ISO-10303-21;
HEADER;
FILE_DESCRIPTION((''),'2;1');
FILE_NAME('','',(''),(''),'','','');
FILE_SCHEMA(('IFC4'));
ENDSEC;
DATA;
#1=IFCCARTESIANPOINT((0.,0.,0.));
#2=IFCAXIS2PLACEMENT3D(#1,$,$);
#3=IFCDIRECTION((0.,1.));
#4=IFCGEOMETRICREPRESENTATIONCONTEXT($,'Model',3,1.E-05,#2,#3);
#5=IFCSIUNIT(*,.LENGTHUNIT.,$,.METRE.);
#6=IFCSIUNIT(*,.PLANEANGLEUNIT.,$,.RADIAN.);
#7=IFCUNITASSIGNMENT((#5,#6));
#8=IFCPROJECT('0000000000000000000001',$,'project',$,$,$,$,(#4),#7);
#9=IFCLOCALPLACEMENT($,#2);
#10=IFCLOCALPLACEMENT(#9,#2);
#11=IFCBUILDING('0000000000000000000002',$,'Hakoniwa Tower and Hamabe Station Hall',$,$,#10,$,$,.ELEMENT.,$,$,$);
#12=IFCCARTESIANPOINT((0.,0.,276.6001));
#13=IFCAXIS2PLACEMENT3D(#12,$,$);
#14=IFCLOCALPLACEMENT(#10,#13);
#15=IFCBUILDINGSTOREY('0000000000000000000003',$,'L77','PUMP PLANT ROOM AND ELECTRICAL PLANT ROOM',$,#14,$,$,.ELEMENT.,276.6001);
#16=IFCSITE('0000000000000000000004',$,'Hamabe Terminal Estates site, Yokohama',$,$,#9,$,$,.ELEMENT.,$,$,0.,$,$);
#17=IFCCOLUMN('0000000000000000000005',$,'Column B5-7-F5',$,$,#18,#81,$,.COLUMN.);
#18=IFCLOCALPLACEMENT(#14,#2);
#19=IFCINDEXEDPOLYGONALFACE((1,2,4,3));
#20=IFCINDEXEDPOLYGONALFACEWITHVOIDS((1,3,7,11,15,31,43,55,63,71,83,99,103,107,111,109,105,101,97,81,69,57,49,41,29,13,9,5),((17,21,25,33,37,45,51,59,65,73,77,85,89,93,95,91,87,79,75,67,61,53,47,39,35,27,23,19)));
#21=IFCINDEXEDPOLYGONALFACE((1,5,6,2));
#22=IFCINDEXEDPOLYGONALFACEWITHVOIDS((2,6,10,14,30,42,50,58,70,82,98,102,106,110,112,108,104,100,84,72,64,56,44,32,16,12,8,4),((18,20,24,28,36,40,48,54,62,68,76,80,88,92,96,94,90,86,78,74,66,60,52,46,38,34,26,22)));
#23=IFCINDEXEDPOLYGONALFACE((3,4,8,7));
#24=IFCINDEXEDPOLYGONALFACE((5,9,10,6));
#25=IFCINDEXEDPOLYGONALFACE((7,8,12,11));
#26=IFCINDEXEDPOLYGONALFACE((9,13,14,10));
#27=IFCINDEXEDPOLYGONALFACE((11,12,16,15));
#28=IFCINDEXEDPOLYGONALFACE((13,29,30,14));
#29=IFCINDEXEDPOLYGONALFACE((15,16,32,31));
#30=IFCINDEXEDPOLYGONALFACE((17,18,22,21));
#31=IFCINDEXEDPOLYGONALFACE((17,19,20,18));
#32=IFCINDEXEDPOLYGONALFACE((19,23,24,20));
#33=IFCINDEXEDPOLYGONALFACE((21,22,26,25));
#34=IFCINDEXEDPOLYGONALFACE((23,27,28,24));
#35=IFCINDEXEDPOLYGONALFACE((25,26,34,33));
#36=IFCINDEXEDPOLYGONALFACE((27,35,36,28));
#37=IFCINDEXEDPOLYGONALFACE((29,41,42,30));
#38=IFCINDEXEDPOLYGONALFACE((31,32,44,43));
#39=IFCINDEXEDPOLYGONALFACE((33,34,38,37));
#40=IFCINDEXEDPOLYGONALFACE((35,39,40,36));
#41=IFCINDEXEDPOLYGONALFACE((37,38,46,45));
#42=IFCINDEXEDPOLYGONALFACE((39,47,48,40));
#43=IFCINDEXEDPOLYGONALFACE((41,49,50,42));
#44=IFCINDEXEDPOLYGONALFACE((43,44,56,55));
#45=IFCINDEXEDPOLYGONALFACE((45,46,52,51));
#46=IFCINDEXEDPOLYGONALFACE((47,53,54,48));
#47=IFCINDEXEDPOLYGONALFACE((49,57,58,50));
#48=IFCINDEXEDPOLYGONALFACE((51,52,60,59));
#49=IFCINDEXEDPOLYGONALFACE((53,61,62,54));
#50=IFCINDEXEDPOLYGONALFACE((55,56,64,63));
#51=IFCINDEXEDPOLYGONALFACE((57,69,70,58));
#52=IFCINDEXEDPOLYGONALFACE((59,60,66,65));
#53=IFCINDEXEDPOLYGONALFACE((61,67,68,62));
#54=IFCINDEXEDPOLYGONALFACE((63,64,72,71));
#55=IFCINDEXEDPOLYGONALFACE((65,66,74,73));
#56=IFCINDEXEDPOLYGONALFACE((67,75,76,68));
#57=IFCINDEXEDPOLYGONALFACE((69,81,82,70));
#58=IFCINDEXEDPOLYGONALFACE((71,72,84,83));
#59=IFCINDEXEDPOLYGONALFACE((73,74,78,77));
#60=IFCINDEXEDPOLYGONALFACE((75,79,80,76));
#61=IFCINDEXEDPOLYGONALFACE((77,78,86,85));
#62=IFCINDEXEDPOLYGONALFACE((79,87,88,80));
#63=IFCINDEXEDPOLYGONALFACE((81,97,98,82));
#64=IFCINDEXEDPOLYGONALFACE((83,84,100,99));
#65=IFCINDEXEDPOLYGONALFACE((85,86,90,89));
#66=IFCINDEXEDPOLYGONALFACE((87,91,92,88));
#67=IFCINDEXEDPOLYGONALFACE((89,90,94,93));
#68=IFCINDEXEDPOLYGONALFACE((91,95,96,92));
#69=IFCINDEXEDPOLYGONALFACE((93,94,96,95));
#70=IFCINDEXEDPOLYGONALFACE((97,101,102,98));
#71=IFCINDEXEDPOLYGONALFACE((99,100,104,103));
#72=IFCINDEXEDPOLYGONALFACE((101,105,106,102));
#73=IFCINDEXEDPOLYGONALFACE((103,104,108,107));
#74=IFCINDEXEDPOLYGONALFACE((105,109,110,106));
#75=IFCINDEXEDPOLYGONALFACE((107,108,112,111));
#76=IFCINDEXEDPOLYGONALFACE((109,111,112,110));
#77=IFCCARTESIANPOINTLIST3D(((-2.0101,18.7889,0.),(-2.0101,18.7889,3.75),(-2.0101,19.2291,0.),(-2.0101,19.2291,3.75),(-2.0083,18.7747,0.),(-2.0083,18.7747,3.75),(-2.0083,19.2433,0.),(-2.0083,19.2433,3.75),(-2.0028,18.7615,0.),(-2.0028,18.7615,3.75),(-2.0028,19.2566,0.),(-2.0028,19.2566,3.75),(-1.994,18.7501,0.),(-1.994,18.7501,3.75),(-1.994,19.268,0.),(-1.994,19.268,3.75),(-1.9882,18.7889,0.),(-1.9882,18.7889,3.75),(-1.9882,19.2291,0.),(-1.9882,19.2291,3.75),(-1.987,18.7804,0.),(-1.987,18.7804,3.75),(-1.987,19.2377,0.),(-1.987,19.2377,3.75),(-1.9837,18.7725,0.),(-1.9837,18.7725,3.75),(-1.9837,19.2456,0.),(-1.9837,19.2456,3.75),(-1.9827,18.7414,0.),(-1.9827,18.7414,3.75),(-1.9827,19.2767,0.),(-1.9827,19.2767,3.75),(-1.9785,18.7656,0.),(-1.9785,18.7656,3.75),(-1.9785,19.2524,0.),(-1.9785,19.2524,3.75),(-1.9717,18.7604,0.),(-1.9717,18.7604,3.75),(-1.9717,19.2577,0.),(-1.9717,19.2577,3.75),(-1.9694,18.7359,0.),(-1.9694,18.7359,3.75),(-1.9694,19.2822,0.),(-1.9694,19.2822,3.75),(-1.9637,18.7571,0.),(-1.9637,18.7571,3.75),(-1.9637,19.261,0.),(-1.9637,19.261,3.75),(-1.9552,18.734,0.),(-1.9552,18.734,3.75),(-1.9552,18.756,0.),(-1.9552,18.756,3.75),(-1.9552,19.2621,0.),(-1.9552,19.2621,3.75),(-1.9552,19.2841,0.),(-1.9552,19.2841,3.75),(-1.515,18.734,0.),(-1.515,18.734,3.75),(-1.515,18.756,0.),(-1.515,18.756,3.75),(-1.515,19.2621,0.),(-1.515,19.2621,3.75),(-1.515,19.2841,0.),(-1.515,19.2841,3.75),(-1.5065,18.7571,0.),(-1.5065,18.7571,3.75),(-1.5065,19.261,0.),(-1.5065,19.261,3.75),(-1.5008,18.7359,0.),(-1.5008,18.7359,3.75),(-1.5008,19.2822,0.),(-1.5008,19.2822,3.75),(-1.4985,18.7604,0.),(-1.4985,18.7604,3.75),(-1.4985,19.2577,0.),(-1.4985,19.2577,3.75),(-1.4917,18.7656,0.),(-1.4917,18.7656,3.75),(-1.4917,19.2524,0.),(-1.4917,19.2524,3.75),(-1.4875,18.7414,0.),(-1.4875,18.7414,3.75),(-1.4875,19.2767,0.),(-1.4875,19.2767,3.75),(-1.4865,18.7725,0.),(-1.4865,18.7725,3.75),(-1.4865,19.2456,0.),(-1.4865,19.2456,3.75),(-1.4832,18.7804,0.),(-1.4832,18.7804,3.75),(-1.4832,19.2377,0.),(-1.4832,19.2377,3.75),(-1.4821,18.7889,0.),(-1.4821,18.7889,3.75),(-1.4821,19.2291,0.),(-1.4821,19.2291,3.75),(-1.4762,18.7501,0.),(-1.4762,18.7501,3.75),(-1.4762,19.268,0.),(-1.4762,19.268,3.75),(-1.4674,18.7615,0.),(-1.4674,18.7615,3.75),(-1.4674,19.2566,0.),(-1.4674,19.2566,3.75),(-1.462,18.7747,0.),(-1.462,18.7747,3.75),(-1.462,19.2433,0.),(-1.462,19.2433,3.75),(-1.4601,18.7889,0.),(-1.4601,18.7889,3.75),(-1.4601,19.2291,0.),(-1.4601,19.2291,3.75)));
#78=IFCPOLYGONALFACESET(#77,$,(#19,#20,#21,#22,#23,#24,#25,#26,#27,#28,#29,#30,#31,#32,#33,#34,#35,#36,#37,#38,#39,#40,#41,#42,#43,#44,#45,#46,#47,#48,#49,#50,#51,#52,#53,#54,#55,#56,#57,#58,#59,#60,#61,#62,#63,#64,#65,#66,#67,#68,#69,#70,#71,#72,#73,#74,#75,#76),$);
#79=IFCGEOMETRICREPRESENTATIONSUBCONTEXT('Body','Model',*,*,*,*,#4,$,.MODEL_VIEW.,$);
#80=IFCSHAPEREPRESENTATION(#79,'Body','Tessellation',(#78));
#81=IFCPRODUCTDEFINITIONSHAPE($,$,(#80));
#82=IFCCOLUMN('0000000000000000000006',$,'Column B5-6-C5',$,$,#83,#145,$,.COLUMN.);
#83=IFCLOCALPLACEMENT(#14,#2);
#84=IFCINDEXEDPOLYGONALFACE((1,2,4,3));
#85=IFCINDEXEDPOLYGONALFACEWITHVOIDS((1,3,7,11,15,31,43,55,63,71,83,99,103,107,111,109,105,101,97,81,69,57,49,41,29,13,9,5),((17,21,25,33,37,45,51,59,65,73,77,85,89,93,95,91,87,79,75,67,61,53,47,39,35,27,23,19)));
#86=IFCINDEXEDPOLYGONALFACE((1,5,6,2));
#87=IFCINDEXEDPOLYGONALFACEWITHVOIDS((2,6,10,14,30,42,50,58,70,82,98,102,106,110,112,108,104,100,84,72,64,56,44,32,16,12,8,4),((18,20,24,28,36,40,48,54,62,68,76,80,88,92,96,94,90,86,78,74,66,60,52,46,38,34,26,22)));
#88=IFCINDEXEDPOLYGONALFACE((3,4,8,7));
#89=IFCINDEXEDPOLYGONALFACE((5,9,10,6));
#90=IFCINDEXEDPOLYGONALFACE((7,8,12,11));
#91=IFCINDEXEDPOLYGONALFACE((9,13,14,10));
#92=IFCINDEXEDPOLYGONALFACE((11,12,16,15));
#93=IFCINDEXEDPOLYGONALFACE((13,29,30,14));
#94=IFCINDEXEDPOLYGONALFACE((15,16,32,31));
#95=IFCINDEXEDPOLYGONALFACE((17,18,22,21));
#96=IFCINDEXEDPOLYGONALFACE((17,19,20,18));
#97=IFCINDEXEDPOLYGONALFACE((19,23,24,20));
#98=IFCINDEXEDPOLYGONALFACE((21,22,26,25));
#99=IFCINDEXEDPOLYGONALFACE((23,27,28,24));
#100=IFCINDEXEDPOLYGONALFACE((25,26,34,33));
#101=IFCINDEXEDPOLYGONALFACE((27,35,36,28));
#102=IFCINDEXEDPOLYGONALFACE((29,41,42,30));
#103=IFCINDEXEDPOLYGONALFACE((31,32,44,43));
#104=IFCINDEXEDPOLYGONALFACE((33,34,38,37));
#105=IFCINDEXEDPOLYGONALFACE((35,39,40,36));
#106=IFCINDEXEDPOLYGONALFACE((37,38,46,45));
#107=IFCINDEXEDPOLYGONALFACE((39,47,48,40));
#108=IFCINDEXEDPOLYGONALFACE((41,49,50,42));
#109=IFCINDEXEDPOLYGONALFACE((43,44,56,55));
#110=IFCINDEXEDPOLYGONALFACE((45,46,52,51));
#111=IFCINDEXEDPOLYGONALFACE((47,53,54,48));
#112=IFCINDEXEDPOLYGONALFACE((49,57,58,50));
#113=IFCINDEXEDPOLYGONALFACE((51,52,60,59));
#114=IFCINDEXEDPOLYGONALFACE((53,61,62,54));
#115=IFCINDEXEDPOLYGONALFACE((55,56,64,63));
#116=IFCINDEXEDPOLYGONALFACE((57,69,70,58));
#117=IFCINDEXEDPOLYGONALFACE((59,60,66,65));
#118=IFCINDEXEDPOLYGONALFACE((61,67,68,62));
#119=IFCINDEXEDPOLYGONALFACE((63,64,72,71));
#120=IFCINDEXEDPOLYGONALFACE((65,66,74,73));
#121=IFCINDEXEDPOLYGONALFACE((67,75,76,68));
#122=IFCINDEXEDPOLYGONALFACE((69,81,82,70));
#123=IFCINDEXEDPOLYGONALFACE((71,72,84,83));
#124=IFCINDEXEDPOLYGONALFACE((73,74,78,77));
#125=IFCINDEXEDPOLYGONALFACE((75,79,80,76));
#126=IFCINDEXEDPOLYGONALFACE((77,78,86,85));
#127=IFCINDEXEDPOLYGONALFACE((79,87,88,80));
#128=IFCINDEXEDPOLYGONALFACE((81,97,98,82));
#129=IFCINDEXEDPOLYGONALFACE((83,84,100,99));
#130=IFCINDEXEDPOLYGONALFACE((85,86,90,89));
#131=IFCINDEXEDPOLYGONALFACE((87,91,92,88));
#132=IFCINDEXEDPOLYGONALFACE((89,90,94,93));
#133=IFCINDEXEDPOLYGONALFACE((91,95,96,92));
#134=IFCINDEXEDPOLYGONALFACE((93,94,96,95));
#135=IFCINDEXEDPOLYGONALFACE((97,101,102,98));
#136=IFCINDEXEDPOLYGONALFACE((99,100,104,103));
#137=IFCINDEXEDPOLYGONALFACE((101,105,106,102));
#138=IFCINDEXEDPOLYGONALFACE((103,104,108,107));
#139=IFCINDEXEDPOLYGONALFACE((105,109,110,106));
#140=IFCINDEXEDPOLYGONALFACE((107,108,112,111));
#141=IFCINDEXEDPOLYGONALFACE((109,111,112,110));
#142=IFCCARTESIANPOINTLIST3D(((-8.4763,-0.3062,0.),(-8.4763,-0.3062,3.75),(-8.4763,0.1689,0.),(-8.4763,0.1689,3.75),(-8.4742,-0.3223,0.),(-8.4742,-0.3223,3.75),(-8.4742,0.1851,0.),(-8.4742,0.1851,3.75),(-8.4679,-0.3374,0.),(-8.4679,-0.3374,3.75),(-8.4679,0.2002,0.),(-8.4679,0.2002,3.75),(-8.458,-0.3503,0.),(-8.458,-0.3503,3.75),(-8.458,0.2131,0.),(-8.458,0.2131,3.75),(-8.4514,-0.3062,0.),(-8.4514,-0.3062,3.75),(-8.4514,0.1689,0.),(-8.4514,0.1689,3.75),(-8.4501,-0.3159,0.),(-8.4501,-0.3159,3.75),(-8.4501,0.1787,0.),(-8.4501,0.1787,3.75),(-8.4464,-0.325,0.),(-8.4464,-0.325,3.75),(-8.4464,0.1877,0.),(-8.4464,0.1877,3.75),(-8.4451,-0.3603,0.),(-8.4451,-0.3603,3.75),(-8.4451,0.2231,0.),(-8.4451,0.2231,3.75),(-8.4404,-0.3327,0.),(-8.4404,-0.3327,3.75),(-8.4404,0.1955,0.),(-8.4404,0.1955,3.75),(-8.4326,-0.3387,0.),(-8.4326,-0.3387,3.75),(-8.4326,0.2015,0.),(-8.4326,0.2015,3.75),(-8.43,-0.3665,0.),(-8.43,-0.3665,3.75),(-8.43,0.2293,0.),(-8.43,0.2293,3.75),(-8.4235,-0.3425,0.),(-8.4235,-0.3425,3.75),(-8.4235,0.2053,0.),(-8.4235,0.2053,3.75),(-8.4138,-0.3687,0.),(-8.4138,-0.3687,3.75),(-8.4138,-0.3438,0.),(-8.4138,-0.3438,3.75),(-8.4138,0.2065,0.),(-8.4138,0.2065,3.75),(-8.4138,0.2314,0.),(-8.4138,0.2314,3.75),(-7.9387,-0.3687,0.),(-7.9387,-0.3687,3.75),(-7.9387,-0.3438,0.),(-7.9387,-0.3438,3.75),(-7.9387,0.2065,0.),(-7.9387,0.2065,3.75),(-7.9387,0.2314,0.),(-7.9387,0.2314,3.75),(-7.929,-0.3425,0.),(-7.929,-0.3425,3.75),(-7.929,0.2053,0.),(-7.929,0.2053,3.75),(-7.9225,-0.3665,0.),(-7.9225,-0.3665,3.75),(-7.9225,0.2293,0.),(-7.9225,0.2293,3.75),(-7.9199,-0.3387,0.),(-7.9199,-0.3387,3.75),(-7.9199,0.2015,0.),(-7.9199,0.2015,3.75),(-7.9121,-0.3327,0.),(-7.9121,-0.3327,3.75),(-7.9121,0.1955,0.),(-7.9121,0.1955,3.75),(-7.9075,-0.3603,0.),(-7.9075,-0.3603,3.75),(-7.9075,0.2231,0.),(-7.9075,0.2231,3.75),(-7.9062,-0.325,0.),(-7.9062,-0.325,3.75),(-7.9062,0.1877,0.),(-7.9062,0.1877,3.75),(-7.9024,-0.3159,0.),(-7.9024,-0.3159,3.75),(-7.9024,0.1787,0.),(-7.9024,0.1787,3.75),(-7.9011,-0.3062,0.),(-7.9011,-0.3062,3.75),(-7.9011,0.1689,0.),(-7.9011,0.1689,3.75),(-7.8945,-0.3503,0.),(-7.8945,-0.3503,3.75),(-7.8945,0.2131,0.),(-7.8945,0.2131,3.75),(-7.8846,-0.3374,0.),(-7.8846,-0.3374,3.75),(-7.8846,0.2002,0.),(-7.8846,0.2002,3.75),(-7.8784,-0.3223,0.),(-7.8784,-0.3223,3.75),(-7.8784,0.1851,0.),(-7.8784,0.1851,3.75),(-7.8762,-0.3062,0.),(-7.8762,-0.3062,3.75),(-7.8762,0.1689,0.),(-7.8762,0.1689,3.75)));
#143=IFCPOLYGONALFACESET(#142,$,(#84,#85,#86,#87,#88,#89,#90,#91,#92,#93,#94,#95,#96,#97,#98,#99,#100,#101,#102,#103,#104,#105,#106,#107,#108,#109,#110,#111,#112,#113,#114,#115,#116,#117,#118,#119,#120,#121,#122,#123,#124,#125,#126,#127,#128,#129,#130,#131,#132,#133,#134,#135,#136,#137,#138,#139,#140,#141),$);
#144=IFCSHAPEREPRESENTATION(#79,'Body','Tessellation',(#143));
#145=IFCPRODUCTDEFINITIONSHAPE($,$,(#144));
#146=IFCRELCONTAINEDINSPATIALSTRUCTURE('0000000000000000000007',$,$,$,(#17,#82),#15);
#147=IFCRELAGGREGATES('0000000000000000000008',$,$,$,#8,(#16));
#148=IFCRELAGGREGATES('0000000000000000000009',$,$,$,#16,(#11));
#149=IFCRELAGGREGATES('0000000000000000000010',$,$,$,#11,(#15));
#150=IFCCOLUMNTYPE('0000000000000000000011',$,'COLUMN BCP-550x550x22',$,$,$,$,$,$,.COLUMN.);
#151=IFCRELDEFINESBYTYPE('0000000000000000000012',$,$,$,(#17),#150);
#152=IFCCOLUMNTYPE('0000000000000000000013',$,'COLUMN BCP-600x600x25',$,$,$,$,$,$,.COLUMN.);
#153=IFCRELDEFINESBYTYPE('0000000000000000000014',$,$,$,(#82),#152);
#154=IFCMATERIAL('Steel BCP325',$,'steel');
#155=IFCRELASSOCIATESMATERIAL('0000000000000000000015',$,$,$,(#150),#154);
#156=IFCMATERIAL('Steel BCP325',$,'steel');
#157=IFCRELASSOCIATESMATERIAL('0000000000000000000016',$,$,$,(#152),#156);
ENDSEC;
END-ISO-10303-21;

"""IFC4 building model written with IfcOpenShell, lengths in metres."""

from ifc_helpers import new_model, si_unit, direction, frame, origin, origin_2d, place, context, subcontext, project, spatial, hollow_rectangle, extrude, material, material_profile, profile_set, type_object, element, save


model = new_model("IFC4")

# Units and contexts
model_context = context("Model", 3, precision=1e-05, world=origin(), true_north=direction((0.0, 1.0)))
body_context = subcontext(model_context, "Body", "Model", "MODEL_VIEW")
ifc_project = project(units=[si_unit("LENGTHUNIT", "METRE"), si_unit("PLANEANGLEUNIT", "RADIAN")], contexts=[model_context])

# Site, building, storey
site_placement = place(None, origin())
site = spatial("IfcSite", under=ifc_project, at=site_placement, Name="Hamabe Terminal Estates site, Yokohama", CompositionType="ELEMENT", RefElevation=0.0)
building_placement = place(site_placement, origin())
building = spatial("IfcBuilding", under=site, at=building_placement, Name="Hakoniwa Tower and Hamabe Station Hall", CompositionType="ELEMENT")
storey_placement = place(building_placement, frame((0.0, 0.0, 276.6001)))
storey = spatial("IfcBuildingStorey", under=building, at=storey_placement, Name="L77", Description="PUMP PLANT ROOM AND ELECTRICAL PLANT ROOM", CompositionType="ELEMENT", Elevation=276.6001)

# Columns
ifc_material_1 = material(Name="Steel BCP325", Category="steel")
ifc_material_profile_1 = material_profile(ifc_material_1, hollow_rectangle(XDim=0.55, YDim=0.55, WallThickness=0.022, InnerFilletRadius=0.033, OuterFilletRadius=0.0549, at=origin_2d()), Name="BCP-550x550x22")
ifc_profile_set_1 = profile_set([ifc_material_profile_1], Name="Steel BCP325")
column_type_1 = type_object("IfcColumnType", Name="COLUMN BCP-550x550x22", PredefinedType="COLUMN", material=ifc_profile_set_1)
for number, where, z_axis, x_axis, name in (
    (1, (-1.7351, 19.009, 0.0), (0.0, 0.0, 1.0), (1.0, 0.0, 0.0), "Column B5-7-F5"),
):
    element("IfcColumn", number, at=place(storey_placement, frame(where, z_axis=z_axis, x_axis=x_axis)), inside=storey, type_object=column_type_1, Name=name, PredefinedType="COLUMN", context=body_context, shape_type="SweptSolid", body=[
        extrude(hollow_rectangle(XDim=0.55, YDim=0.55, WallThickness=0.022, InnerFilletRadius=0.033, OuterFilletRadius=0.0549, at=origin_2d()), origin(), (0.0, 0.0, 1.0), 3.75),
    ])
ifc_material_2 = material(Name="Steel BCP325", Category="steel")
ifc_material_profile_2 = material_profile(ifc_material_2, hollow_rectangle(XDim=0.6001, YDim=0.6001, WallThickness=0.0249, InnerFilletRadius=0.0376, OuterFilletRadius=0.0625, at=origin_2d()), Name="BCP-600x600x25")
ifc_profile_set_2 = profile_set([ifc_material_profile_2], Name="Steel BCP325")
column_type_2 = type_object("IfcColumnType", Name="COLUMN BCP-600x600x25", PredefinedType="COLUMN", material=ifc_profile_set_2)
for number, where, z_axis, x_axis, name in (
    (2, (-8.1763, -0.0686, 0.0), (0.0, 0.0, 1.0), (1.0, 0.0, 0.0), "Column B5-6-C5"),
):
    element("IfcColumn", number, at=place(storey_placement, frame(where, z_axis=z_axis, x_axis=x_axis)), inside=storey, type_object=column_type_2, Name=name, PredefinedType="COLUMN", context=body_context, shape_type="SweptSolid", body=[
        extrude(hollow_rectangle(XDim=0.6001, YDim=0.6001, WallThickness=0.0249, InnerFilletRadius=0.0376, OuterFilletRadius=0.0625, at=origin_2d()), origin(), (0.0, 0.0, 1.0), 3.75),
    ])

save(model, "model.ifc")
